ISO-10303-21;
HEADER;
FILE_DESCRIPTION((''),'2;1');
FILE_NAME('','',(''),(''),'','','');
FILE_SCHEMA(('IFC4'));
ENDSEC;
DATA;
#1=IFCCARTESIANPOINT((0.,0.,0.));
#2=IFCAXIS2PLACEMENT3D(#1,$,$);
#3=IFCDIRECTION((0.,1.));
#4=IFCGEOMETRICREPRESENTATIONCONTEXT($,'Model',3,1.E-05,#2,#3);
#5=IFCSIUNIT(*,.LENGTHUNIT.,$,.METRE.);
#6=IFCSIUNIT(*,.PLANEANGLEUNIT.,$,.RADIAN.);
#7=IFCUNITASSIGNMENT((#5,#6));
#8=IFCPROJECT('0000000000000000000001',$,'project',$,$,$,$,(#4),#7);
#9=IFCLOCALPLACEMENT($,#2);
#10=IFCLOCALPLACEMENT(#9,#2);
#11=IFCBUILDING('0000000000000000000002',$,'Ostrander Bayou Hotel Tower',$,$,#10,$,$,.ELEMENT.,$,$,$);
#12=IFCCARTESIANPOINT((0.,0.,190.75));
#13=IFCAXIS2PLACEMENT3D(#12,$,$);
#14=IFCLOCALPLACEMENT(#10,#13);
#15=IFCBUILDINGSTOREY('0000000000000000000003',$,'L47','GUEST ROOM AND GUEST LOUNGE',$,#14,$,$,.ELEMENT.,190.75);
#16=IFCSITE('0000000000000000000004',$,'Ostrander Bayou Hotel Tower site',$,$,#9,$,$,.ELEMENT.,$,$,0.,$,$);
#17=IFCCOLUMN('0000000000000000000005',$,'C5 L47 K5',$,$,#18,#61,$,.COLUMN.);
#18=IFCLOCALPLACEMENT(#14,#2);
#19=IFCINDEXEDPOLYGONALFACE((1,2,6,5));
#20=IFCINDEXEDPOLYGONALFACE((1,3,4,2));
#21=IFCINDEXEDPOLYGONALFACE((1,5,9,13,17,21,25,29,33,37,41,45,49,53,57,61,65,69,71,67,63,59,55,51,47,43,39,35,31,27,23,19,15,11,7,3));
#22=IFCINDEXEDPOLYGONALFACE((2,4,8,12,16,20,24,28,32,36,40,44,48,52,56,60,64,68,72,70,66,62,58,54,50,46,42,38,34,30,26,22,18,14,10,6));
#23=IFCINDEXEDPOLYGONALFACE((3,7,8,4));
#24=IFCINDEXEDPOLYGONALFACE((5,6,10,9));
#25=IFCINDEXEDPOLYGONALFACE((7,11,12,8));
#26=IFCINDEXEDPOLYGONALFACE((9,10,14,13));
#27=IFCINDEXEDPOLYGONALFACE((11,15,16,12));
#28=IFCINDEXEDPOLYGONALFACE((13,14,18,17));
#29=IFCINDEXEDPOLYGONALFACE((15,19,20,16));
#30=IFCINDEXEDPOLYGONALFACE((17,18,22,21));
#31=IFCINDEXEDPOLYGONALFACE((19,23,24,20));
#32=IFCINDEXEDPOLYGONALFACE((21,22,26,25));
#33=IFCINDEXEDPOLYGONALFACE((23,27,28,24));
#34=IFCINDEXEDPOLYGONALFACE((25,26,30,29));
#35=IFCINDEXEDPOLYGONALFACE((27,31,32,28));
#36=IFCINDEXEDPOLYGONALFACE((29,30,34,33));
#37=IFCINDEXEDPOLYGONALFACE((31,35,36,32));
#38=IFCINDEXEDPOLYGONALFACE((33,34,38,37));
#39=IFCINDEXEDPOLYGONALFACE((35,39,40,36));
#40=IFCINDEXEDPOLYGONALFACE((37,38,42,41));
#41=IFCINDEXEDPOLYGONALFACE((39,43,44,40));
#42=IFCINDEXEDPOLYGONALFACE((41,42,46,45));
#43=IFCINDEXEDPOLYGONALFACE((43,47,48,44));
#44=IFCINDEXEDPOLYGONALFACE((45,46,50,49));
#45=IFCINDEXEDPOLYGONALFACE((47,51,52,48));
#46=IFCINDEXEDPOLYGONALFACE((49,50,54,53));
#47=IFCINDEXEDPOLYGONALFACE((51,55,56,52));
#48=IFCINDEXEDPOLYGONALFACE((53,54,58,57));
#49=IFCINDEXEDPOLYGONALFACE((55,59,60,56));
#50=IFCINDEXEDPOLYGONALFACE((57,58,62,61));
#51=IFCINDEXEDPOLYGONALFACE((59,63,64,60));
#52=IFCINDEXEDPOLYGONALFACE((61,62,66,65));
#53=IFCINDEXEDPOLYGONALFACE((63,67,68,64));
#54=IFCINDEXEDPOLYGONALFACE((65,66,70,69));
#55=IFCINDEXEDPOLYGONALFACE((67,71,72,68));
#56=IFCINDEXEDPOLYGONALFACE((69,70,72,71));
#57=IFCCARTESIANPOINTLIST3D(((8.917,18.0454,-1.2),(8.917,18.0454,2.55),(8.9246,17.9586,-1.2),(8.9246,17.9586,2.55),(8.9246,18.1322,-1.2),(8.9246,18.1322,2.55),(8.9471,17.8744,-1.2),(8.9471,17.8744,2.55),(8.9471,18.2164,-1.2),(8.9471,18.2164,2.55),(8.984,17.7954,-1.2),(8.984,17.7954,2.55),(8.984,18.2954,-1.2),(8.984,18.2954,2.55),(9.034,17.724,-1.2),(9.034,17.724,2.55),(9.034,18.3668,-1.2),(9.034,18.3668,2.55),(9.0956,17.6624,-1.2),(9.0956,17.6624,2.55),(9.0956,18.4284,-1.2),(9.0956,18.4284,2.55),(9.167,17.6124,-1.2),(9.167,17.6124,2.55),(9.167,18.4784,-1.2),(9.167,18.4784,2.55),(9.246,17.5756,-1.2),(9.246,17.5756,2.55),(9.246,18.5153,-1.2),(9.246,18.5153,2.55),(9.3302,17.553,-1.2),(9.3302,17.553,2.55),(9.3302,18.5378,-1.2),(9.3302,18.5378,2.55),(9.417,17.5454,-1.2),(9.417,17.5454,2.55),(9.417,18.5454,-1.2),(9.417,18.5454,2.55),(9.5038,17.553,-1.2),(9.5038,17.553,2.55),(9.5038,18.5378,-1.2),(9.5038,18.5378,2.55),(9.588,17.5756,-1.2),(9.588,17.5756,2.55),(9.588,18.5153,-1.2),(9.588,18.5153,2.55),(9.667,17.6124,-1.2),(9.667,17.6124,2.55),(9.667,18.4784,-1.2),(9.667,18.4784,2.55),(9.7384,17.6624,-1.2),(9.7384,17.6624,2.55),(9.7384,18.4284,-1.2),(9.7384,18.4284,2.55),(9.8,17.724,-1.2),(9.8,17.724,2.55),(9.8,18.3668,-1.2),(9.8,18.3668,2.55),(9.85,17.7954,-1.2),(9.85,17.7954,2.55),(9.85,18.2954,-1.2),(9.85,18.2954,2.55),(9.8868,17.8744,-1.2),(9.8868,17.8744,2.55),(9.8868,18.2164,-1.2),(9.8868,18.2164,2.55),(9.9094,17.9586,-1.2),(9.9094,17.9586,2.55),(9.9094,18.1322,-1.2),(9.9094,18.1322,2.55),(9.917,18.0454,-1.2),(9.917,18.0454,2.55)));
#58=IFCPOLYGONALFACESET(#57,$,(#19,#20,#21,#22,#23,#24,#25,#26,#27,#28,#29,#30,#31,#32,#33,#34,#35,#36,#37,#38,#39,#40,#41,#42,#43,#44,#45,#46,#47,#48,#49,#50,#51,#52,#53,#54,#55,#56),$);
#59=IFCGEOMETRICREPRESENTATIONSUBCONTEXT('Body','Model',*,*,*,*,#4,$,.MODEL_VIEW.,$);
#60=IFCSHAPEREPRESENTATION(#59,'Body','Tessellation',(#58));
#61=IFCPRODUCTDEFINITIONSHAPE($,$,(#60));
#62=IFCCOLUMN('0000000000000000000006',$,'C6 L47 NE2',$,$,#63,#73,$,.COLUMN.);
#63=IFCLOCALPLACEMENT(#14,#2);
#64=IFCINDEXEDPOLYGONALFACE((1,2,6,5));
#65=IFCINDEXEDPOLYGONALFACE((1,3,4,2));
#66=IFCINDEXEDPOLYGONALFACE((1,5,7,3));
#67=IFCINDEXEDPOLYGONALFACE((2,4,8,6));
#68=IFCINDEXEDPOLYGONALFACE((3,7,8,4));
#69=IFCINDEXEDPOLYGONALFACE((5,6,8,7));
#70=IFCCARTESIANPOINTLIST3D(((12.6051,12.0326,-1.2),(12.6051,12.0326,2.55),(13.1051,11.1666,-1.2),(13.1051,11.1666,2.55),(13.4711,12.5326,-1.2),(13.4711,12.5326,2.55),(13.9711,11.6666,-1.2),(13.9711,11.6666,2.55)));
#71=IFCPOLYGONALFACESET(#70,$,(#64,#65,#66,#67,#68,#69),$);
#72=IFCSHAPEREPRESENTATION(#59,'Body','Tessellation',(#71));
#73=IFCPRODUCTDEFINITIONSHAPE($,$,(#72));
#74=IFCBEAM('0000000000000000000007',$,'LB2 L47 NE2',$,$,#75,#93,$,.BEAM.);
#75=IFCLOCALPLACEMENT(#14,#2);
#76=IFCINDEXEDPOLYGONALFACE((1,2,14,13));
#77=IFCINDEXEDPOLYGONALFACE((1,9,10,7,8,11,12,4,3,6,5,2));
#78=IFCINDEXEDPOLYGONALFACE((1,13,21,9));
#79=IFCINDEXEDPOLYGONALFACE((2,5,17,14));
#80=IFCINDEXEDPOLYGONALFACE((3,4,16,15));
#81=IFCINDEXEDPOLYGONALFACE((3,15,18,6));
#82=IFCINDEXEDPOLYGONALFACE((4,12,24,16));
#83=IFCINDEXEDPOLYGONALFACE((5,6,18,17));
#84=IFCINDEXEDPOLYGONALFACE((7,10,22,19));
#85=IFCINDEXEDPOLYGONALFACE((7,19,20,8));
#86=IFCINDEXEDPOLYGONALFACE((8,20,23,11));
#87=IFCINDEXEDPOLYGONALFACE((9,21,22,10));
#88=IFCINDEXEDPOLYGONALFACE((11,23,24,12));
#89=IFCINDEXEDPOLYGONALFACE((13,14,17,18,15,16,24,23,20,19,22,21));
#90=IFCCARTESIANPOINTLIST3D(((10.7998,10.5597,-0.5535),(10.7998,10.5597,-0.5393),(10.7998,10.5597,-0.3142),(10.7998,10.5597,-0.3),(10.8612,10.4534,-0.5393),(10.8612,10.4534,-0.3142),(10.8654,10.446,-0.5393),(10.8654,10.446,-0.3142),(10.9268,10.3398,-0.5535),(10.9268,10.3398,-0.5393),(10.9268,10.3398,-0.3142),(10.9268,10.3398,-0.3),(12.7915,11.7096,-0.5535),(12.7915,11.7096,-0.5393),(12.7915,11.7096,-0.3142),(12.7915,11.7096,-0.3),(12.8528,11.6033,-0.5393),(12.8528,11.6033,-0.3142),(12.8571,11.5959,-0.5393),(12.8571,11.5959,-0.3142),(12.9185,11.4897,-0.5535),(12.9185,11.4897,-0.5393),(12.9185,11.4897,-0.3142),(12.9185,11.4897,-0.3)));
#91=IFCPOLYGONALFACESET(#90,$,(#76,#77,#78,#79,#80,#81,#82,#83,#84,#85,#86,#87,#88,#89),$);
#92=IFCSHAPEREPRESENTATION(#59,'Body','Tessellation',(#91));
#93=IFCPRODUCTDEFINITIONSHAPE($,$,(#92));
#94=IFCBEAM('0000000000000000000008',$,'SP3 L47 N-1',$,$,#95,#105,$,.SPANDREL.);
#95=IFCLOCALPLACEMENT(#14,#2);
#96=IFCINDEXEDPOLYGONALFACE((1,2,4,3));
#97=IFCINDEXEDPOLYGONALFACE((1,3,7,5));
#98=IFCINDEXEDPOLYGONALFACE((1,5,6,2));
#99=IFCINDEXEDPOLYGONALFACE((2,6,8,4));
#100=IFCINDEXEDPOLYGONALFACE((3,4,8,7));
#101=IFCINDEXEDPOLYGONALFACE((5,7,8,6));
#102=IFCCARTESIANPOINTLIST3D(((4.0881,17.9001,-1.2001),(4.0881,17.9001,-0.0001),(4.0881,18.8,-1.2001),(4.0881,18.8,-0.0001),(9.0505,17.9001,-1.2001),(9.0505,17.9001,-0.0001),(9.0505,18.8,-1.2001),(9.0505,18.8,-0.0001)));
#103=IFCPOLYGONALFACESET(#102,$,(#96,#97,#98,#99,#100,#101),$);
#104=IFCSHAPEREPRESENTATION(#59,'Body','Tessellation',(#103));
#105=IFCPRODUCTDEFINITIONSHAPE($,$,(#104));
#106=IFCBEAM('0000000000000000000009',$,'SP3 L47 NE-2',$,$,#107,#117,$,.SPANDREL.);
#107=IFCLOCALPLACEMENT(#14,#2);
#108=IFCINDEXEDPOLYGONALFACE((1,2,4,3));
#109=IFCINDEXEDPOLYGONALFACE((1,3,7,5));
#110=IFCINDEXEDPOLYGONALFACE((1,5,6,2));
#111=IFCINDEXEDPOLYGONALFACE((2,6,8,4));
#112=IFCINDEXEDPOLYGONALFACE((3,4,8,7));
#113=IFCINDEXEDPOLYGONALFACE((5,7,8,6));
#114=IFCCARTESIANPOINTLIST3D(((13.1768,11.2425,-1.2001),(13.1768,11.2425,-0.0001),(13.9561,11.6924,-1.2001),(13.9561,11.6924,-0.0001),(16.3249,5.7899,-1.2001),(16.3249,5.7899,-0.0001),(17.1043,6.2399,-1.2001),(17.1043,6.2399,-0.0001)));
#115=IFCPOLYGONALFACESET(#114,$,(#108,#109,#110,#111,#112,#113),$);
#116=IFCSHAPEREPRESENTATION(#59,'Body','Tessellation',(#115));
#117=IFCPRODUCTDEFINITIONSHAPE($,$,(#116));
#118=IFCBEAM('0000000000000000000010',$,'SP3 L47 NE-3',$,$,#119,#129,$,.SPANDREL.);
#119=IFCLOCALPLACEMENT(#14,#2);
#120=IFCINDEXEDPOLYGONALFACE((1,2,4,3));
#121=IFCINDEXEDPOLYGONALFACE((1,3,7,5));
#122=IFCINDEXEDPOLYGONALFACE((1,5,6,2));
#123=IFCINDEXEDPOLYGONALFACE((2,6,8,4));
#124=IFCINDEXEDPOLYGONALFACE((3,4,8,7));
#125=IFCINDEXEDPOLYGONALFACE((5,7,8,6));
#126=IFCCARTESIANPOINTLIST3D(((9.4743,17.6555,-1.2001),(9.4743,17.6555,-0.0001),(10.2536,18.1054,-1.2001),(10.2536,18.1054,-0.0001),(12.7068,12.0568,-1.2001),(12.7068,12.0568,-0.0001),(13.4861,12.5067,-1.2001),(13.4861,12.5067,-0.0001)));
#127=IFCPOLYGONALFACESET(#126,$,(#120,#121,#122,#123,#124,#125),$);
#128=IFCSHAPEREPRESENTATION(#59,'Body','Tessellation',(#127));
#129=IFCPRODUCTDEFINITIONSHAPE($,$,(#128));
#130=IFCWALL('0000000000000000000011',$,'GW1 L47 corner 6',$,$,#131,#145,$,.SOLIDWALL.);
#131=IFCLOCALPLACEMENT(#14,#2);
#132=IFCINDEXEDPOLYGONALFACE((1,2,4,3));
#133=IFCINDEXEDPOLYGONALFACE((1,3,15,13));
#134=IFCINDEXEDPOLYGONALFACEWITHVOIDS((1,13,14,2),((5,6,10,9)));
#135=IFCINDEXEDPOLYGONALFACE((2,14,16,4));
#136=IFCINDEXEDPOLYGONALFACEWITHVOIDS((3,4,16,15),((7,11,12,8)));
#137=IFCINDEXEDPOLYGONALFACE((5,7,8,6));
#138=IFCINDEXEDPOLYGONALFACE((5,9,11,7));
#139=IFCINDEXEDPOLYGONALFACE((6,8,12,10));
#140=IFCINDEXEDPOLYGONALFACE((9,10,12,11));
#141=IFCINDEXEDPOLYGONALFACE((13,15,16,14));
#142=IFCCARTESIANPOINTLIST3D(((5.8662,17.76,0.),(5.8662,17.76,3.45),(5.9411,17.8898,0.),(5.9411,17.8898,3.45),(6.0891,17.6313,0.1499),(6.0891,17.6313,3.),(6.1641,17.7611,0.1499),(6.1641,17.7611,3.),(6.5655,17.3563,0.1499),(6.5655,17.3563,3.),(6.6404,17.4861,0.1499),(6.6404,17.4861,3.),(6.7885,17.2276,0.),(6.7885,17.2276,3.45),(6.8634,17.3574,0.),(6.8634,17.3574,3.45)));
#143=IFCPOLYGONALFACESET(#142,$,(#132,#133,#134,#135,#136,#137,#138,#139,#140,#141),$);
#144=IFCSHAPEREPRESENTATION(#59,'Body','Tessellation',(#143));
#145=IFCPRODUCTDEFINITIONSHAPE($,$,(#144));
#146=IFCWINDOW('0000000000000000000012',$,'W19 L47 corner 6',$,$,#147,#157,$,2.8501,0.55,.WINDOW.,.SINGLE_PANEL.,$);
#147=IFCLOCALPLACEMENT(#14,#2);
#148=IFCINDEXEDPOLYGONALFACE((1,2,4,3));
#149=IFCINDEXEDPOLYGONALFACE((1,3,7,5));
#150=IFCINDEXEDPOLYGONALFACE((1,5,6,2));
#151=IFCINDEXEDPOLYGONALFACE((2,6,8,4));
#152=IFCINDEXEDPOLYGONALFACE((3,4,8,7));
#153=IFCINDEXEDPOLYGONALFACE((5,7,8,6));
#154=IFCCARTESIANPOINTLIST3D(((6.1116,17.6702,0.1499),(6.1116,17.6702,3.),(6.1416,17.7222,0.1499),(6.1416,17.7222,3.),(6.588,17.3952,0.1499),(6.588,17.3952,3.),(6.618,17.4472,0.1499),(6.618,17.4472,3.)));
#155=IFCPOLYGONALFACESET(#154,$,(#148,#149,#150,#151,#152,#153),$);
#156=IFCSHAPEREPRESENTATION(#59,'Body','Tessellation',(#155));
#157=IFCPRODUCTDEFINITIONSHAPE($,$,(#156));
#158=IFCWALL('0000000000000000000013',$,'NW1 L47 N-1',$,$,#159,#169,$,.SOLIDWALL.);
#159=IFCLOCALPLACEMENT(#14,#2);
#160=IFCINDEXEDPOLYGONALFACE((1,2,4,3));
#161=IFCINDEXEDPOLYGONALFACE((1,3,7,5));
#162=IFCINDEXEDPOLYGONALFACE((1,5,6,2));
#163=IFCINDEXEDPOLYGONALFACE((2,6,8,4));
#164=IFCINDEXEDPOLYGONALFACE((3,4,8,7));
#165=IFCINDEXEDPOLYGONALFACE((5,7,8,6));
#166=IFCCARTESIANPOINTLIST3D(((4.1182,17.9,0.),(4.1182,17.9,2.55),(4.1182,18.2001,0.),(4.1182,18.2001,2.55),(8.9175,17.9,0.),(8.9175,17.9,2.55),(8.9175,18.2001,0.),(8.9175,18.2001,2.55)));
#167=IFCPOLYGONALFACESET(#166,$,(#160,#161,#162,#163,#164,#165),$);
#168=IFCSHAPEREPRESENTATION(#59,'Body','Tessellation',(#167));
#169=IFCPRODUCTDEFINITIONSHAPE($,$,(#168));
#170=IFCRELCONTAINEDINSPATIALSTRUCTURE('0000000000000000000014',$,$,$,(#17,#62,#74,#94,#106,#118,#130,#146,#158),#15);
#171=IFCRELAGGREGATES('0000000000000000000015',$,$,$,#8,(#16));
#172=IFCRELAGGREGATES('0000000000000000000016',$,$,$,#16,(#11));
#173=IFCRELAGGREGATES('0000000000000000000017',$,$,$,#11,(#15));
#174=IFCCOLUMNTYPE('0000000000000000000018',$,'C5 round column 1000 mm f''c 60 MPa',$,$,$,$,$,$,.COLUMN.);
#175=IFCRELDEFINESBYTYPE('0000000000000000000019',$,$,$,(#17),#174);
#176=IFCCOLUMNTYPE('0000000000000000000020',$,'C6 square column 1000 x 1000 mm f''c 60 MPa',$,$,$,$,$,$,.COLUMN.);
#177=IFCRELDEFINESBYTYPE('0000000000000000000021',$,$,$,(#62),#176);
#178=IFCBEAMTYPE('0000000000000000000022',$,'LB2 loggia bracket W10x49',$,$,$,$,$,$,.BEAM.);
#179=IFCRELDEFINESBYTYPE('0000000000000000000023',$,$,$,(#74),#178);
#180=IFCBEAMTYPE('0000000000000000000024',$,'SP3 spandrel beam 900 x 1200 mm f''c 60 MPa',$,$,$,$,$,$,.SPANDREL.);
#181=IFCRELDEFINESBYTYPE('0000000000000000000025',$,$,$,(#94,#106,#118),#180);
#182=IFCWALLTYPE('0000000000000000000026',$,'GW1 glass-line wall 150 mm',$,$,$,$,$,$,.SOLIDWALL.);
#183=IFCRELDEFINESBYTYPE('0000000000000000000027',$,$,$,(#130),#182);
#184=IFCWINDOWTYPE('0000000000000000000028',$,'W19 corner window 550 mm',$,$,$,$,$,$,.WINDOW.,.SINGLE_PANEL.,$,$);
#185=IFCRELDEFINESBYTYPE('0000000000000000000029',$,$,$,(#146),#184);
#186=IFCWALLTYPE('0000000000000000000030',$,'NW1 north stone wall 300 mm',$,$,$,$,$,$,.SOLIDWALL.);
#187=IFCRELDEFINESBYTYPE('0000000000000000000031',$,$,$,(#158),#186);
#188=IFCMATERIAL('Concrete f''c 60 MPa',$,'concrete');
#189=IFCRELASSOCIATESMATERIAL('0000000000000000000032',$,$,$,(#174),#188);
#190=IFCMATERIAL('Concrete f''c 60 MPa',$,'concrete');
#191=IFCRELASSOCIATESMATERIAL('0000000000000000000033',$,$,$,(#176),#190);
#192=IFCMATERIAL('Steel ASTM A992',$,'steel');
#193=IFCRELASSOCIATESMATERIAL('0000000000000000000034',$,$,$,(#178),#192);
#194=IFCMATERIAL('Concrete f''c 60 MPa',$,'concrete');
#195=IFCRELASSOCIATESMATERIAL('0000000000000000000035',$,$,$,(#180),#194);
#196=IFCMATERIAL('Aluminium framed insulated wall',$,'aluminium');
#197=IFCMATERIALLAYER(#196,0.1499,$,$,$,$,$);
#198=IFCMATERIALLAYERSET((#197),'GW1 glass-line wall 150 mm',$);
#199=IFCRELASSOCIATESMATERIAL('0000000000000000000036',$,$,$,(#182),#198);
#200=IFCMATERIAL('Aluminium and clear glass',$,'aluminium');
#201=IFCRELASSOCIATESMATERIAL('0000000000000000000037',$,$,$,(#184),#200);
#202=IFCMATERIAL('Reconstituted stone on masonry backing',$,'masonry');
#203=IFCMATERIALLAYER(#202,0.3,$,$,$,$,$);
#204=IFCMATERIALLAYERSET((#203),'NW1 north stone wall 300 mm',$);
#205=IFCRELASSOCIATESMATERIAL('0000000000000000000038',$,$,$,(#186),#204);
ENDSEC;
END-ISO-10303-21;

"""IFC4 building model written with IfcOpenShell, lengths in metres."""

from ifc_helpers import new_model, si_unit, direction, frame, frame_2d, origin, origin_2d, place, context, subcontext, project, spatial, rectangle, circle, i_section, extrude, material, layer, layer_set, material_profile, profile_set, type_object, element, fill, save


model = new_model("IFC4")

# Units and contexts
model_context = context("Model", 3, precision=1e-05, world=origin(), true_north=direction((0.0, 1.0)))
body_context = subcontext(model_context, "Body", "Model", "MODEL_VIEW")
ifc_project = project(units=[si_unit("LENGTHUNIT", "METRE"), si_unit("PLANEANGLEUNIT", "RADIAN")], contexts=[model_context])

# Site, building, storey
site_placement = place(None, origin())
site = spatial("IfcSite", under=ifc_project, at=site_placement, Name="Ostrander Bayou Hotel Tower site", CompositionType="ELEMENT", RefElevation=0.0)
building_placement = place(site_placement, origin())
building = spatial("IfcBuilding", under=site, at=building_placement, Name="Ostrander Bayou Hotel Tower", CompositionType="ELEMENT")
storey_placement = place(building_placement, frame((0.0, 0.0, 190.75)))
storey = spatial("IfcBuildingStorey", under=building, at=storey_placement, Name="L47", Description="GUEST ROOM AND GUEST LOUNGE", CompositionType="ELEMENT", Elevation=190.75)

# Columns
ifc_material_1 = material(Name="Concrete f'c 60 MPa", Category="concrete")
ifc_material_profile_1 = material_profile(ifc_material_1, circle(Radius=0.5, at=origin_2d()))
ifc_profile_set_1 = profile_set([ifc_material_profile_1], Name="Concrete f'c 60 MPa")
column_type_1 = type_object("IfcColumnType", Name="C5 round column 1000 mm f'c 60 MPa", PredefinedType="COLUMN", material=ifc_profile_set_1)
column_1_placement = place(storey_placement, frame((9.417, 18.0454, -1.2), z_axis=(0.0, 0.0, 1.0), x_axis=(1.0, 0.0, 0.0)))
element("IfcColumn", 1, at=column_1_placement, inside=storey, type_object=column_type_1, Name="C5 L47 K5", PredefinedType="COLUMN", context=body_context, shape_type="SweptSolid", body=[
    extrude(circle(Radius=0.5, at=origin_2d()), origin(), (0.0, 0.0, 1.0), 3.75),
])
ifc_material_2 = material(Name="Concrete f'c 60 MPa", Category="concrete")
ifc_material_profile_2 = material_profile(ifc_material_2, rectangle(XDim=1.0, YDim=1.0, at=origin_2d()))
ifc_profile_set_2 = profile_set([ifc_material_profile_2], Name="Concrete f'c 60 MPa")
column_type_2 = type_object("IfcColumnType", Name="C6 square column 1000 x 1000 mm f'c 60 MPa", PredefinedType="COLUMN", material=ifc_profile_set_2)
column_2_placement = place(storey_placement, frame((13.2881, 11.8496, -1.2), z_axis=(0.0, 0.0, 1.0), x_axis=(0.5, -0.866025, 0.0)))
element("IfcColumn", 2, at=column_2_placement, inside=storey, type_object=column_type_2, Name="C6 L47 NE2", PredefinedType="COLUMN", context=body_context, shape_type="SweptSolid", body=[
    extrude(rectangle(XDim=1.0, YDim=1.0, at=origin_2d()), origin(), (0.0, 0.0, 1.0), 3.75),
])

# Beams
ifc_material_3 = material(Name="Steel ASTM A992", Category="steel")
ifc_material_profile_3 = material_profile(ifc_material_3, i_section(OverallWidth=0.2539, OverallDepth=0.2534, WebThickness=0.0085, FlangeThickness=0.0142, at=origin_2d()))
ifc_profile_set_3 = profile_set([ifc_material_profile_3], Name="Steel ASTM A992")
beam_type_1 = type_object("IfcBeamType", Name="LB2 loggia bracket W10x49", PredefinedType="BEAM", material=ifc_profile_set_3)
beam_1_placement = place(storey_placement, frame((12.855, 11.5996, -0.4268), z_axis=(-0.866026, -0.499998, 0.0), x_axis=(0.499998, -0.866026, 0.0)))
element("IfcBeam", 3, at=beam_1_placement, inside=storey, type_object=beam_type_1, Name="LB2 L47 NE2", PredefinedType="BEAM", context=body_context, shape_type="SweptSolid", body=[
    extrude(i_section(OverallWidth=0.2539, OverallDepth=0.2534, WebThickness=0.0085, FlangeThickness=0.0142, at=origin_2d()), origin(), (0.0, 0.0, 1.0), 2.2998),
])
ifc_material_4 = material(Name="Concrete f'c 60 MPa", Category="concrete")
ifc_material_profile_4 = material_profile(ifc_material_4, rectangle(XDim=0.8999, YDim=1.2, at=origin_2d()))
ifc_profile_set_4 = profile_set([ifc_material_profile_4], Name="Concrete f'c 60 MPa")
beam_type_2 = type_object("IfcBeamType", Name="SP3 spandrel beam 900 x 1200 mm f'c 60 MPa", PredefinedType="SPANDREL", material=ifc_profile_set_4)
beam_2_placement = place(storey_placement, frame((9.0505, 18.3501, -0.6001), z_axis=(-1.0, 0.0, 0.0), x_axis=(0.0, -1.0, 0.0)))
element("IfcBeam", 4, at=beam_2_placement, inside=storey, type_object=beam_type_2, Name="SP3 L47 N-1", PredefinedType="SPANDREL", context=body_context, shape_type="SweptSolid", body=[
    extrude(rectangle(XDim=0.8999, YDim=1.2, at=origin_2d()), origin(), (0.0, 0.0, 1.0), 4.9624),
])
beam_3_placement = place(storey_placement, frame((16.7146, 6.0149, -0.6001), z_axis=(-0.500013, 0.866018, 0.0), x_axis=(-0.866018, -0.500013, 0.0)))
element("IfcBeam", 5, at=beam_3_placement, inside=storey, type_object=beam_type_2, Name="SP3 L47 NE-2", PredefinedType="SPANDREL", context=body_context, shape_type="SweptSolid", body=[
    extrude(rectangle(XDim=0.8999, YDim=1.2, at=origin_2d()), origin(), (0.0, 0.0, 1.0), 6.2961),
])
beam_4_placement = place(storey_placement, frame((13.0964, 12.2817, -0.6001), z_axis=(-0.500006, 0.866022, 0.0), x_axis=(-0.866022, -0.500006, 0.0)))
element("IfcBeam", 6, at=beam_4_placement, inside=storey, type_object=beam_type_2, Name="SP3 L47 NE-3", PredefinedType="SPANDREL", context=body_context, shape_type="SweptSolid", body=[
    extrude(rectangle(XDim=0.8999, YDim=1.2, at=origin_2d()), origin(), (0.0, 0.0, 1.0), 6.4648),
])

# Wall, opening, window
ifc_material_5 = material(Name="Aluminium framed insulated wall", Category="aluminium")
ifc_layer_1 = layer(ifc_material_5, 0.1499)
ifc_layer_set_1 = layer_set([ifc_layer_1], Name="GW1 glass-line wall 150 mm")
wall_type_1 = type_object("IfcWallType", Name="GW1 glass-line wall 150 mm", PredefinedType="SOLIDWALL", material=ifc_layer_set_1)
wall_1_placement = place(storey_placement, frame((6.8259, 17.2925, 0.0), z_axis=(0.0, 0.0, 1.0), x_axis=(-0.866048, 0.499961, 0.0)))
wall_1 = element("IfcWall", 7, at=wall_1_placement, inside=storey, type_object=wall_type_1, Name="GW1 L47 corner 6", PredefinedType="SOLIDWALL", context=body_context, shape_type="SweptSolid", body=[
    extrude(rectangle(XDim=1.0649, YDim=0.1499, at=frame_2d((0.5325, 0.0))), origin(), (0.0, 0.0, 1.0), 3.45),
])
opening_1_placement = place(wall_1_placement, frame((0.2576, 0.0, 0.1499)))
opening_1 = element("IfcOpeningElement", 8, at=opening_1_placement, cuts=wall_1, PredefinedType="OPENING", context=body_context, shape_type="SweptSolid", body=[
    extrude(rectangle(XDim=0.55, YDim=2.8501, at=frame_2d((0.2749, 1.425))), frame((0.0, 0.075, 0.0), z_axis=(0.0, -1.0, 0.0), x_axis=(1.0, 0.0, 0.0)), (0.0, 0.0, 1.0), 0.1499),
])
ifc_material_6 = material(Name="Aluminium and clear glass", Category="aluminium")
window_type = type_object("IfcWindowType", Name="W19 corner window 550 mm", PartitioningType="SINGLE_PANEL", PredefinedType="WINDOW", material=ifc_material_6)
window_placement = place(opening_1_placement, origin())
window = element("IfcWindow", 9, at=window_placement, inside=storey, type_object=window_type, Name="W19 L47 corner 6", OverallHeight=2.8501, OverallWidth=0.55, PartitioningType="SINGLE_PANEL", PredefinedType="WINDOW", context=body_context, shape_type="SweptSolid", body=[
    extrude(rectangle(XDim=0.55, YDim=2.8501, at=frame_2d((0.2749, 1.425))), frame((0.0, 0.03, 0.0), z_axis=(0.0, -1.0, 0.0), x_axis=(1.0, 0.0, 0.0)), (0.0, 0.0, 1.0), 0.0601),
])
fill(opening_1, window)

# Wall
ifc_material_7 = material(Name="Reconstituted stone on masonry backing", Category="masonry")
ifc_layer_2 = layer(ifc_material_7, 0.3)
ifc_layer_set_2 = layer_set([ifc_layer_2], Name="NW1 north stone wall 300 mm")
wall_type_2 = type_object("IfcWallType", Name="NW1 north stone wall 300 mm", PredefinedType="SOLIDWALL", material=ifc_layer_set_2)
wall_2_placement = place(storey_placement, frame((8.9175, 18.05, 0.0), z_axis=(0.0, 0.0, 1.0), x_axis=(-1.0, 0.0, 0.0)))
element("IfcWall", 10, at=wall_2_placement, inside=storey, type_object=wall_type_2, Name="NW1 L47 N-1", PredefinedType="SOLIDWALL", context=body_context, shape_type="SweptSolid", body=[
    extrude(rectangle(XDim=4.7993, YDim=0.3, at=frame_2d((2.3997, 0.0))), origin(), (0.0, 0.0, 1.0), 2.55),
])

save(model, "model.ifc")
